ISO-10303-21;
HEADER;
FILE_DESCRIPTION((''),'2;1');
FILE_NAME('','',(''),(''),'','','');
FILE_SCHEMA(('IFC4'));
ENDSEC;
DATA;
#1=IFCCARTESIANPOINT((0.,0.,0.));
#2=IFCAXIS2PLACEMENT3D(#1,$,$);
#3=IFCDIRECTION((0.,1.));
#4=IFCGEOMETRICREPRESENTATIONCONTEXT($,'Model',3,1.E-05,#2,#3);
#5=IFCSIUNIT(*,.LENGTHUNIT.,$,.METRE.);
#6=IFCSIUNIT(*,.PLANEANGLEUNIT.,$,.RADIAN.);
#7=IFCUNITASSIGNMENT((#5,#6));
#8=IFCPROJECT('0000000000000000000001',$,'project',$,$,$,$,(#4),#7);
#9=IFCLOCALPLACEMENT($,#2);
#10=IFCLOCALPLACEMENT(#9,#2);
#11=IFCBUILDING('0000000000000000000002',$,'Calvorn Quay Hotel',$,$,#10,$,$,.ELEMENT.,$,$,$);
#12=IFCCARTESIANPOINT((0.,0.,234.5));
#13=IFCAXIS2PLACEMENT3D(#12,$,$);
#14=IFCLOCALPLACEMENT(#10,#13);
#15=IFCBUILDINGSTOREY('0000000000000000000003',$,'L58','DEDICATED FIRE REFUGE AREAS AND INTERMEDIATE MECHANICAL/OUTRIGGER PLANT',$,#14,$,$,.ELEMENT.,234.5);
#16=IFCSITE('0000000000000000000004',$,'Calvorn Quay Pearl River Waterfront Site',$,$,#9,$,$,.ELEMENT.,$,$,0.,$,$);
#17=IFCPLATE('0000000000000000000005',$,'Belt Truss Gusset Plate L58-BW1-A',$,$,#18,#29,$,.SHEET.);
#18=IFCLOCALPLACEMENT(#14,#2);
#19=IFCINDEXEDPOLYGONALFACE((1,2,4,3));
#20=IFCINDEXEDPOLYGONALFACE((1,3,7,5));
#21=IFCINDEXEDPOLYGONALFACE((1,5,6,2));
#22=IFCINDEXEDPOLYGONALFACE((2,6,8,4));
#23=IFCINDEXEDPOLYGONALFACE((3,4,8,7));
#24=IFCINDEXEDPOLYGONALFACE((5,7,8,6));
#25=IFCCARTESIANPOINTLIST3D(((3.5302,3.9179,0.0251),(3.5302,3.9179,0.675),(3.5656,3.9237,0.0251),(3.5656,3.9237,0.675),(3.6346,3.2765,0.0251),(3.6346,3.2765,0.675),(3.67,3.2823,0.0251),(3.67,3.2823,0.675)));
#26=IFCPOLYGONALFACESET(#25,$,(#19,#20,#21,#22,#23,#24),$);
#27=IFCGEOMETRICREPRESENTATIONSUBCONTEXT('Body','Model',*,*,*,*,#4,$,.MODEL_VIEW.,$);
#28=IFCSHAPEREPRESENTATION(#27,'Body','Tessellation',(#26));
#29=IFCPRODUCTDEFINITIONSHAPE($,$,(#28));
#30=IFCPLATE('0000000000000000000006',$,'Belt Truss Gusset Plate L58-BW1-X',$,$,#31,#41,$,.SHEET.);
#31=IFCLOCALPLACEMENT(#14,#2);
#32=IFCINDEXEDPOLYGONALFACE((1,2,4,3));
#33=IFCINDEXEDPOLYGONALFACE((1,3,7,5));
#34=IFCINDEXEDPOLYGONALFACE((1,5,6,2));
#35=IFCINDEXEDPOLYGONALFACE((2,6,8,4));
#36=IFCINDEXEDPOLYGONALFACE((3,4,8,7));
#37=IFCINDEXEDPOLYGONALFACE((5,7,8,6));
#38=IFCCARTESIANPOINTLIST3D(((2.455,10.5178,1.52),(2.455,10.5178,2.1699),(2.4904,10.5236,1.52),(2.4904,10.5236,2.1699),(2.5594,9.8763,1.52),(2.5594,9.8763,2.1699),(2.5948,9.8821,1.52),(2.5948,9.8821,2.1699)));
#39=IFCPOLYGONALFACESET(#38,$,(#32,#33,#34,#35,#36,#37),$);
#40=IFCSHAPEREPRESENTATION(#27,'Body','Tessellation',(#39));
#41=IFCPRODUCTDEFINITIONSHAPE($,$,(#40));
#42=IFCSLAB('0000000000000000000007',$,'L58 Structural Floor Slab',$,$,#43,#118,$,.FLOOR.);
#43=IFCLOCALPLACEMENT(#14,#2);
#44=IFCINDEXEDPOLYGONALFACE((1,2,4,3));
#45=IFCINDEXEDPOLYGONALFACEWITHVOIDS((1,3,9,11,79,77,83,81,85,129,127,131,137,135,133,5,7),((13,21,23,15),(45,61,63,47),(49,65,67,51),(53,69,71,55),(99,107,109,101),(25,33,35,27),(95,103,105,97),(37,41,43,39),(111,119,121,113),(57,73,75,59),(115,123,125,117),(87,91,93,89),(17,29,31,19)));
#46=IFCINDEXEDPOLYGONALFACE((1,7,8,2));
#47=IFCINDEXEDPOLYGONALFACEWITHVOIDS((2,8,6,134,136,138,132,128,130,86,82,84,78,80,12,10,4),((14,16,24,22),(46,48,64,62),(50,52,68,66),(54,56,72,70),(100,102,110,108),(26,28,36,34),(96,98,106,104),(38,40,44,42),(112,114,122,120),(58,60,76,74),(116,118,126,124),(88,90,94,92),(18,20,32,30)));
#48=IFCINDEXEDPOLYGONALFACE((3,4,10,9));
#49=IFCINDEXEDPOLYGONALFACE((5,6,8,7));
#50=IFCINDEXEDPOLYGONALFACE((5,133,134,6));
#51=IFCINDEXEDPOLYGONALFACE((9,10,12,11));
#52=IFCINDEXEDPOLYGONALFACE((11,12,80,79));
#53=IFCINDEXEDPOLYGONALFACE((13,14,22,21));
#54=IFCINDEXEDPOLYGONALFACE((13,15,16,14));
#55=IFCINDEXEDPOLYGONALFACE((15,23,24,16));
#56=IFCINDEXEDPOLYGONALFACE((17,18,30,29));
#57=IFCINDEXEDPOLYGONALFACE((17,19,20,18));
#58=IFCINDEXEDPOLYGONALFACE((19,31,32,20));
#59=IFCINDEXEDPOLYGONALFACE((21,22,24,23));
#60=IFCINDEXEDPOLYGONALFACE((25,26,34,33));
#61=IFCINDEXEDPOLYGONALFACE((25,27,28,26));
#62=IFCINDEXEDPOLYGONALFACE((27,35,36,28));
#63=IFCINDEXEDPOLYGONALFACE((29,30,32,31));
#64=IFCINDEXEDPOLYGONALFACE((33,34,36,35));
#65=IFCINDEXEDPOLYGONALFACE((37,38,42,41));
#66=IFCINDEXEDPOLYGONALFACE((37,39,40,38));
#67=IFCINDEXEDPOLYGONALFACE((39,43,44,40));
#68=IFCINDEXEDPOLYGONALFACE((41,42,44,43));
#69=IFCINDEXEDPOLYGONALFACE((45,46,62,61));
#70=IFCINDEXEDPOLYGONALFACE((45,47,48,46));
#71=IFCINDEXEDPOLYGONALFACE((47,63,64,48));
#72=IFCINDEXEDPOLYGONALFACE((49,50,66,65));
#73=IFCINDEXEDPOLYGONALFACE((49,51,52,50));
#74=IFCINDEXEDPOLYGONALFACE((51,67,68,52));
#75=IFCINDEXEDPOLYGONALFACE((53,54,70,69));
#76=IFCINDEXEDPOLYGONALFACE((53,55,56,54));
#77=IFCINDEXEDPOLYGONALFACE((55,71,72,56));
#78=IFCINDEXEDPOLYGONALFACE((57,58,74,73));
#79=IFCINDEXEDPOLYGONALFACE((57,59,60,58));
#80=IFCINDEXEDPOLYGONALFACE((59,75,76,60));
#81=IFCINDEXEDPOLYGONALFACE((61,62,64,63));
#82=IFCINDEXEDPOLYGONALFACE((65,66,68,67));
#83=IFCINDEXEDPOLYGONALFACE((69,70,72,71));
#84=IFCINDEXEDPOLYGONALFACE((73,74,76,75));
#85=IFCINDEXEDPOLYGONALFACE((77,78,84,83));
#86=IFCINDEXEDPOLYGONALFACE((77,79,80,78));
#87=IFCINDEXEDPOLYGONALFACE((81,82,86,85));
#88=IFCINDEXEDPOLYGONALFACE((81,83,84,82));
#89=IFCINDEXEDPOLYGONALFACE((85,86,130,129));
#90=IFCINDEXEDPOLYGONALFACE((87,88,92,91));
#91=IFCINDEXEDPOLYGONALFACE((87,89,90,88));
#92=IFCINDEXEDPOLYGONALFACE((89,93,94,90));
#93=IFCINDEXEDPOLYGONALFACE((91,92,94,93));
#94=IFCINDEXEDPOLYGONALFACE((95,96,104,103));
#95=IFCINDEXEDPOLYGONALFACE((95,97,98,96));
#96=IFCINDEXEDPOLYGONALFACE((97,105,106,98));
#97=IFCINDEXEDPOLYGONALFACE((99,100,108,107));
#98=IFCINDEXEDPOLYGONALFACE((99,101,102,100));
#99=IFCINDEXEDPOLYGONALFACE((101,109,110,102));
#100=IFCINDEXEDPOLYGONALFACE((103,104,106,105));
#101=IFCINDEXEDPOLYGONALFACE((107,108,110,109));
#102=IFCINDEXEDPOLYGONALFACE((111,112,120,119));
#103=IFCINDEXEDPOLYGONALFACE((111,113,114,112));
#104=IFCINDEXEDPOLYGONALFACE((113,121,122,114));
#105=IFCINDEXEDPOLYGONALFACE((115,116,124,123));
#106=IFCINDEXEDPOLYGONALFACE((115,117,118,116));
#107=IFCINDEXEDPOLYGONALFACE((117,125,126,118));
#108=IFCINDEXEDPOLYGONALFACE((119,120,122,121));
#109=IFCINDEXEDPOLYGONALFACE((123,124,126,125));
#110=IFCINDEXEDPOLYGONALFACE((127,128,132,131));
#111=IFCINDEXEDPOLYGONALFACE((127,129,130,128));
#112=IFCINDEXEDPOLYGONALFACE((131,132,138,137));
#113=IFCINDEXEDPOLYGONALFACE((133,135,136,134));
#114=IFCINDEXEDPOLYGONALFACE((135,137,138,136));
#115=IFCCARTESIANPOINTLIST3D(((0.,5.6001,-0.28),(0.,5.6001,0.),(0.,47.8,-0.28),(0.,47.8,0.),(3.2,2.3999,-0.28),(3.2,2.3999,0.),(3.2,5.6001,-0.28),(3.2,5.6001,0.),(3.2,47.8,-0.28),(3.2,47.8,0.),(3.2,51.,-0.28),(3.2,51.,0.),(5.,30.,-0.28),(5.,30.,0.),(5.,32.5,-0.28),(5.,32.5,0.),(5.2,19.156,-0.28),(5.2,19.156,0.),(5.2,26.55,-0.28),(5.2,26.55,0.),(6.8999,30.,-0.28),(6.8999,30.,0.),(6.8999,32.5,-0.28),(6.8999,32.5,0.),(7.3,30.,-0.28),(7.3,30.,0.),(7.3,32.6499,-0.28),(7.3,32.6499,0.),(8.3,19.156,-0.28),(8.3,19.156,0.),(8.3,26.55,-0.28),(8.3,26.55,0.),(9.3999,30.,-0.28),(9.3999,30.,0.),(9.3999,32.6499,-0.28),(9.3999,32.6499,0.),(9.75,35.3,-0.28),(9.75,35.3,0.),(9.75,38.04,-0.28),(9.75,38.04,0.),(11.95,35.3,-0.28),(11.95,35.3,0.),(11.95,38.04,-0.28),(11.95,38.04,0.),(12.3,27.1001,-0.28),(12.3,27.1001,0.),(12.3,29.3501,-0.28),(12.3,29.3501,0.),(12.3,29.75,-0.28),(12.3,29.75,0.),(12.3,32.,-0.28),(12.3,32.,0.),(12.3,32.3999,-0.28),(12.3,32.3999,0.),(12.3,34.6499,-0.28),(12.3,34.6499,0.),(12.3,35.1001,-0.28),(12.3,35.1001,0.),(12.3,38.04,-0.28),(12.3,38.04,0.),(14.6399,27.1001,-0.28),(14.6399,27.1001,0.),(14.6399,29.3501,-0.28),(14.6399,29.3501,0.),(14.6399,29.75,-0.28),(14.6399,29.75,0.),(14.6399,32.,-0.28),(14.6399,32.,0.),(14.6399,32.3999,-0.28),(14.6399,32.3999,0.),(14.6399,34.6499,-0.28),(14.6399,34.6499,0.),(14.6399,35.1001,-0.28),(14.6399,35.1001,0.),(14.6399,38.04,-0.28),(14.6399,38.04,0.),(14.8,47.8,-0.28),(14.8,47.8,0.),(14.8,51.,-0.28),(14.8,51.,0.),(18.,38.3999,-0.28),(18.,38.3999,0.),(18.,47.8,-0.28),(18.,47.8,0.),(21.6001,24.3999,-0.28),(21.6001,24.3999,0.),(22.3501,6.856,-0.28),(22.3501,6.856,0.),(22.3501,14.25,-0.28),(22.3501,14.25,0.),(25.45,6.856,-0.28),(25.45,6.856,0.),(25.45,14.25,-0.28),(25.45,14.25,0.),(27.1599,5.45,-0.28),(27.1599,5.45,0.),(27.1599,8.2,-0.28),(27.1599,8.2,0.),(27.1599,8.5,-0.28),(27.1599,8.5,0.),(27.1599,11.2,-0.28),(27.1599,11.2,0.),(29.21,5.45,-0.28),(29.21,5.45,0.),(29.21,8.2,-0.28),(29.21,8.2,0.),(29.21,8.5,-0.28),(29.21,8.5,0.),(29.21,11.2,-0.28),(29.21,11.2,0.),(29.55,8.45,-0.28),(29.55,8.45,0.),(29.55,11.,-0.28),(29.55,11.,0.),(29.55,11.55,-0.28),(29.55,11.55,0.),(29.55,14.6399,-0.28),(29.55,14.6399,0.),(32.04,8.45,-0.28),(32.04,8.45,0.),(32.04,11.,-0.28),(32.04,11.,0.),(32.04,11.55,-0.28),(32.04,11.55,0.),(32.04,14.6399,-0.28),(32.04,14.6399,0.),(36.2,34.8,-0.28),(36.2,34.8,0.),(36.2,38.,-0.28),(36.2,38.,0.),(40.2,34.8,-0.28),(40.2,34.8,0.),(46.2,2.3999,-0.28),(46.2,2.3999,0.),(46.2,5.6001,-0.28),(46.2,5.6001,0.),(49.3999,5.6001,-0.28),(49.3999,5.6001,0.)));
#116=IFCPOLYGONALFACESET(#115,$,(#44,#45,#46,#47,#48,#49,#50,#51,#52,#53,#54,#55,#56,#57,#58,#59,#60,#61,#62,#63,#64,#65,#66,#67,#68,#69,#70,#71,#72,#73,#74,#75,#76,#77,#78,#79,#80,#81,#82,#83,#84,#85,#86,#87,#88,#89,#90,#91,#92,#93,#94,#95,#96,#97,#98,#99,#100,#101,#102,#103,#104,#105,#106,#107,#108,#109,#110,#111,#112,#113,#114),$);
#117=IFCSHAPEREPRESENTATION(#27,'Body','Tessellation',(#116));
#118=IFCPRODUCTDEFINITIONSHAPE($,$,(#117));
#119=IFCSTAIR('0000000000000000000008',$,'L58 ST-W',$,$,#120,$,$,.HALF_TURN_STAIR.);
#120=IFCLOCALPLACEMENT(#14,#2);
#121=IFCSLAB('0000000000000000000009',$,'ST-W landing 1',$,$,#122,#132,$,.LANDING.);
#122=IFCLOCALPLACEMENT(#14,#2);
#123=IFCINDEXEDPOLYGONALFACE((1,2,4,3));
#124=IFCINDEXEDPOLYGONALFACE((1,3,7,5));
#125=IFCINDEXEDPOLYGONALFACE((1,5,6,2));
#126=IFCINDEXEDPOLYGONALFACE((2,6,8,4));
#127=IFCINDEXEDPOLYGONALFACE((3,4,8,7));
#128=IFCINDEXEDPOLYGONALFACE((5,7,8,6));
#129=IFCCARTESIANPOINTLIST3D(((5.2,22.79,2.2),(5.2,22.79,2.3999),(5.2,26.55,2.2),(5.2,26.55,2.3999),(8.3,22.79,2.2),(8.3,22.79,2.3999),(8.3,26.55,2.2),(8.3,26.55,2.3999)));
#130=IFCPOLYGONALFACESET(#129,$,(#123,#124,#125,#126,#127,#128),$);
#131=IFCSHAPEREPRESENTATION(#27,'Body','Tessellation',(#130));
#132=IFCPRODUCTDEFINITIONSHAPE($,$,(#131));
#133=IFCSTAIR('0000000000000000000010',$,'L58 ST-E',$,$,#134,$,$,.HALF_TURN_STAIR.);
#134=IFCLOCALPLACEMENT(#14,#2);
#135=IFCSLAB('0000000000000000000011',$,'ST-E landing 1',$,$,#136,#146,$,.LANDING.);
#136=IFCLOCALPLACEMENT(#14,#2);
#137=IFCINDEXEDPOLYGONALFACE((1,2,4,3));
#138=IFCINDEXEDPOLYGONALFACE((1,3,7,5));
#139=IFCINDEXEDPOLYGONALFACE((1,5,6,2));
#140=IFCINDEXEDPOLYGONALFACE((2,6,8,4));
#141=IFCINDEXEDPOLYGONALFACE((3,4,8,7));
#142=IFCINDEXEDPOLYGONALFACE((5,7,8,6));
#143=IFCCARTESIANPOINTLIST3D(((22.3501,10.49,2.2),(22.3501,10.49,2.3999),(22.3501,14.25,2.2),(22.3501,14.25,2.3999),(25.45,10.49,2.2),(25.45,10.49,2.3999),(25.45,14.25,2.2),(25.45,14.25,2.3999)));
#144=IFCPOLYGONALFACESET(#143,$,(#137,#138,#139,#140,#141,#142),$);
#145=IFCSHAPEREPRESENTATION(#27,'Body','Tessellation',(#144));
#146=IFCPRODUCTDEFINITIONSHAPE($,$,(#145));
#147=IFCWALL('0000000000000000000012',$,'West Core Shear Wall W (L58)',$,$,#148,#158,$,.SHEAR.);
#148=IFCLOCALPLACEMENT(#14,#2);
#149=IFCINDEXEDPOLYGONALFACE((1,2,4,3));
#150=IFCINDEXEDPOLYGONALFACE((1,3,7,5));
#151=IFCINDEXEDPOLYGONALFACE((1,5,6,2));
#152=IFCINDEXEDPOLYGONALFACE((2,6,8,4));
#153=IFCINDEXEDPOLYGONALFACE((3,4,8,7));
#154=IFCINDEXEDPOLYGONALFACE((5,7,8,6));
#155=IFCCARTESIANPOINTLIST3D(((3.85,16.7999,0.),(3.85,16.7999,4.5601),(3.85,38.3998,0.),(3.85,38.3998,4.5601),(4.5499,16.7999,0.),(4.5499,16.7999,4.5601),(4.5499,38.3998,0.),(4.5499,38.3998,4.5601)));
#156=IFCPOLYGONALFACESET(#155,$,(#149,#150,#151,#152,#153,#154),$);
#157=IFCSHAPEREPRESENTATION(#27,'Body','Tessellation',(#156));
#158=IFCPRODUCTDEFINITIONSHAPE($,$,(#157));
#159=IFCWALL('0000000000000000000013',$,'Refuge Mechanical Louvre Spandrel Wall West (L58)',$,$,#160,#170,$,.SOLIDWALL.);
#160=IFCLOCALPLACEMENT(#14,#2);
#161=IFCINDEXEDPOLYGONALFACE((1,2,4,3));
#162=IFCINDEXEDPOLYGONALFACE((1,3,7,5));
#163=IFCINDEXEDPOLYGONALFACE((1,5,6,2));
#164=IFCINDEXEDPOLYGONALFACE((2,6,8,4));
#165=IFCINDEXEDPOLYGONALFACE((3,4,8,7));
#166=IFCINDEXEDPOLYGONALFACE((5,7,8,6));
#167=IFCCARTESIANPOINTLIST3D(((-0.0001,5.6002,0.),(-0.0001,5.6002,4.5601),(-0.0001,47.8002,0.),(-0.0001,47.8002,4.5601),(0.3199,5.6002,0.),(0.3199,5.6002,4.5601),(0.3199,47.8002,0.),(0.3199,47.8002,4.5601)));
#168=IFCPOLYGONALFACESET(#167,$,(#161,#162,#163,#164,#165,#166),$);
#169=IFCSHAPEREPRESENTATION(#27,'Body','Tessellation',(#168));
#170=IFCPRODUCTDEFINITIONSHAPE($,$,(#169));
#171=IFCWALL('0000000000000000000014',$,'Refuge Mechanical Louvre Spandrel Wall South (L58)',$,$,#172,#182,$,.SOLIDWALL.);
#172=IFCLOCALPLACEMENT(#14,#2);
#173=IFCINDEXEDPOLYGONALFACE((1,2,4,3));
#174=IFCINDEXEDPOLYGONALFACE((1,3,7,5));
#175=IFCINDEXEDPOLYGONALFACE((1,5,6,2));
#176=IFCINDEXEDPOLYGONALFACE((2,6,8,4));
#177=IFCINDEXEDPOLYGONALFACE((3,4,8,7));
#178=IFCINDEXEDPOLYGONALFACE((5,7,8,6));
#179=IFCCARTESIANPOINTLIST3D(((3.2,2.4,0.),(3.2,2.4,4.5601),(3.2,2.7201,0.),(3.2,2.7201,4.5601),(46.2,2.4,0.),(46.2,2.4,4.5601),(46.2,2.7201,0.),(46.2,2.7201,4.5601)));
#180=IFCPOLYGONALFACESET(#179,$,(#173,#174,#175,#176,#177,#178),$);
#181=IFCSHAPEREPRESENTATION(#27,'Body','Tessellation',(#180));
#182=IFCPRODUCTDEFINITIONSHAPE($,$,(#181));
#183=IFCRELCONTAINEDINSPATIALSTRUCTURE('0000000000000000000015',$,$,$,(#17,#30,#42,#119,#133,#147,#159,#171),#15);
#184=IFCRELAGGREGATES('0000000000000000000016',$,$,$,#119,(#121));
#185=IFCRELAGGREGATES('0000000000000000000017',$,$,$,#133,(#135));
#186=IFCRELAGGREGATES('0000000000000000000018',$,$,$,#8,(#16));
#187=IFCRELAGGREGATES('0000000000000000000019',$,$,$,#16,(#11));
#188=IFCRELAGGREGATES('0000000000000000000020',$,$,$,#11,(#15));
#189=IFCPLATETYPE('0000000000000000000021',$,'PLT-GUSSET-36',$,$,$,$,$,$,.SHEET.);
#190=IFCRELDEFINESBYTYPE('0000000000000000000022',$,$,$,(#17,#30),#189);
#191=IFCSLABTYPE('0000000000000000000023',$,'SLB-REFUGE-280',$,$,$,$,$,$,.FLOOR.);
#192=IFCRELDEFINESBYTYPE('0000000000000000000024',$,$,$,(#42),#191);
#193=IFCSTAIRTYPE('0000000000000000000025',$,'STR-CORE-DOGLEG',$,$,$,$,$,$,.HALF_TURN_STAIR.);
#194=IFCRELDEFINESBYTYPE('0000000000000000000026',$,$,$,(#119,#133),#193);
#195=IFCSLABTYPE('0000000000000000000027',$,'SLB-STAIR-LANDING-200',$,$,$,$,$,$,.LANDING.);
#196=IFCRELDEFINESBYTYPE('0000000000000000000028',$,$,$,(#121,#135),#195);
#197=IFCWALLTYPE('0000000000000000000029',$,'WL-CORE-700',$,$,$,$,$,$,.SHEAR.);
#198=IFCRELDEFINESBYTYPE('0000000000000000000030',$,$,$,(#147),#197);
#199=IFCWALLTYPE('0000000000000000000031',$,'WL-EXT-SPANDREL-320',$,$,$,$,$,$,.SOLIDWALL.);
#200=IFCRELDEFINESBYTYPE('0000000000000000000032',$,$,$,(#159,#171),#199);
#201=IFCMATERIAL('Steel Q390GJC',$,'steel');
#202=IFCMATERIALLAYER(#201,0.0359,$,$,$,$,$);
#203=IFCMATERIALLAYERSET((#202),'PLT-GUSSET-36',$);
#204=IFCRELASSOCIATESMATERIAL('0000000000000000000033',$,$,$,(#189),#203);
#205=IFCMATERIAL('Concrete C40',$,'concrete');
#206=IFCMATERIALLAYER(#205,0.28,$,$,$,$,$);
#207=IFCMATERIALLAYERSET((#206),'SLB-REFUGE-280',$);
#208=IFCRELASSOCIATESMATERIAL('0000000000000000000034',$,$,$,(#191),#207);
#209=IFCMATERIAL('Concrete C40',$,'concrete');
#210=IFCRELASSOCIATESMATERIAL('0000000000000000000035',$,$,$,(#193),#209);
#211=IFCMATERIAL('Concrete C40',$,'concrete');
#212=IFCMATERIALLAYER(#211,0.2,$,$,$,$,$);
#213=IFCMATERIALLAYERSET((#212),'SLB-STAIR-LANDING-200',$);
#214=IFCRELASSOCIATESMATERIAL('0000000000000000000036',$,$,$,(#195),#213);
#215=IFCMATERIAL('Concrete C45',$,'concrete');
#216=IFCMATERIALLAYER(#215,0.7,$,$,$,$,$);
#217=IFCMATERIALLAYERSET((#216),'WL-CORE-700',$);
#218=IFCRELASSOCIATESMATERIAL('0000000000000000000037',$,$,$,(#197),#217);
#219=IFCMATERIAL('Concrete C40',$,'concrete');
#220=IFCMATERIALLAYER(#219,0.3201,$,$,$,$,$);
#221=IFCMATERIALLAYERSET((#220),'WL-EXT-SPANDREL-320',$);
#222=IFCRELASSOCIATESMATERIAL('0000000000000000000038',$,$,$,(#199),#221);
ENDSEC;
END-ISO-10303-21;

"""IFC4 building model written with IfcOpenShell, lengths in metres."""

from ifc_helpers import new_model, si_unit, direction, frame, frame_2d, origin, origin_2d, place, context, subcontext, project, spatial, polyline, rectangle, outline, extrude, material, layer, layer_set, type_object, element, aggregate, save


model = new_model("IFC4")

# Units and contexts
model_context = context("Model", 3, precision=1e-05, world=origin(), true_north=direction((0.0, 1.0)))
body_context = subcontext(model_context, "Body", "Model", "MODEL_VIEW")
ifc_project = project(units=[si_unit("LENGTHUNIT", "METRE"), si_unit("PLANEANGLEUNIT", "RADIAN")], contexts=[model_context])

# Site, building, storey
site_placement = place(None, origin())
site = spatial("IfcSite", under=ifc_project, at=site_placement, Name="Calvorn Quay Pearl River Waterfront Site", CompositionType="ELEMENT", RefElevation=0.0)
building_placement = place(site_placement, origin())
building = spatial("IfcBuilding", under=site, at=building_placement, Name="Calvorn Quay Hotel", CompositionType="ELEMENT")
storey_placement = place(building_placement, frame((0.0, 0.0, 234.5)))
storey = spatial("IfcBuildingStorey", under=building, at=storey_placement, Name="L58", Description="DEDICATED FIRE REFUGE AREAS AND INTERMEDIATE MECHANICAL/OUTRIGGER PLANT", CompositionType="ELEMENT", Elevation=234.5)

# Plates
ifc_material_1 = material(Name="Steel Q390GJC", Category="steel")
ifc_layer_1 = layer(ifc_material_1, 0.0359)
ifc_layer_set_1 = layer_set([ifc_layer_1], Name="PLT-GUSSET-36")
plate_type = type_object("IfcPlateType", Name="PLT-GUSSET-36", PredefinedType="SHEET", material=ifc_layer_set_1)
for number, where, z_axis, x_axis, name in (
    (1, (3.6001, 3.6001, 0.0251), (0.0, 0.0, 1.0), (-0.160743, 0.986996, 0.0), "Belt Truss Gusset Plate L58-BW1-A"),
    (2, (2.5249, 10.2, 1.52), (0.0, 0.0, 1.0), (-0.160743, 0.986996, 0.0), "Belt Truss Gusset Plate L58-BW1-X"),
):
    element("IfcPlate", number, at=place(storey_placement, frame(where, z_axis=z_axis, x_axis=x_axis)), inside=storey, type_object=plate_type, Name=name, PredefinedType="SHEET", context=body_context, shape_type="SweptSolid", body=[
        extrude(rectangle(XDim=0.6499, YDim=0.0359, at=origin_2d()), origin(), (0.0, 0.0, 1.0), 0.6499),
    ])

# Slab
ifc_material_2 = material(Name="Concrete C40", Category="concrete")
ifc_layer_2 = layer(ifc_material_2, 0.28)
ifc_layer_set_2 = layer_set([ifc_layer_2], Name="SLB-REFUGE-280")
slab_type_1 = type_object("IfcSlabType", Name="SLB-REFUGE-280", PredefinedType="FLOOR", material=ifc_layer_set_2)
slab_1_placement = place(storey_placement, frame((0.0, 0.0, -0.28)))
element("IfcSlab", 3, at=slab_1_placement, inside=storey, type_object=slab_type_1, Name="L58 Structural Floor Slab", PredefinedType="FLOOR", context=body_context, shape_type="SweptSolid", body=[
    extrude(outline(polyline([(0.0, 5.6001), (3.2, 5.6001), (3.2, 2.3999), (46.2, 2.3999), (46.2, 5.6001), (49.3999, 5.6001), (40.2, 34.8), (36.2, 34.8), (36.2, 38.0), (21.6001, 24.3999), (18.0, 38.3999), (18.0, 47.8), (14.8, 47.8), (14.8, 51.0), (3.2, 51.0), (3.2, 47.8), (0.0, 47.8), (0.0, 5.6001)]), holes=[polyline([(5.2, 19.156), (8.3, 19.156), (8.3, 26.55), (5.2, 26.55), (5.2, 19.156)]), polyline([(22.3501, 6.856), (25.45, 6.856), (25.45, 14.25), (22.3501, 14.25), (22.3501, 6.856)]), polyline([(5.0, 30.0), (6.8999, 30.0), (6.8999, 32.5), (5.0, 32.5), (5.0, 30.0)]), polyline([(7.3, 30.0), (9.3999, 30.0), (9.3999, 32.6499), (7.3, 32.6499), (7.3, 30.0)]), polyline([(27.1599, 8.5), (29.21, 8.5), (29.21, 11.2), (27.1599, 11.2), (27.1599, 8.5)]), polyline([(27.1599, 5.45), (29.21, 5.45), (29.21, 8.2), (27.1599, 8.2), (27.1599, 5.45)]), polyline([(12.3, 27.1001), (14.6399, 27.1001), (14.6399, 29.3501), (12.3, 29.3501), (12.3, 27.1001)]), polyline([(12.3, 29.75), (14.6399, 29.75), (14.6399, 32.0), (12.3, 32.0), (12.3, 29.75)]), polyline([(12.3, 32.3999), (14.6399, 32.3999), (14.6399, 34.6499), (12.3, 34.6499), (12.3, 32.3999)]), polyline([(12.3, 35.1001), (14.6399, 35.1001), (14.6399, 38.04), (12.3, 38.04), (12.3, 35.1001)]), polyline([(9.75, 35.3), (11.95, 35.3), (11.95, 38.04), (9.75, 38.04), (9.75, 35.3)]), polyline([(29.55, 11.55), (32.04, 11.55), (32.04, 14.6399), (29.55, 14.6399), (29.55, 11.55)]), polyline([(29.55, 8.45), (32.04, 8.45), (32.04, 11.0), (29.55, 11.0), (29.55, 8.45)])]), origin(), (0.0, 0.0, 1.0), 0.28),
])

# Stairs, slabs
ifc_material_3 = material(Name="Concrete C40", Category="concrete")
stair_type = type_object("IfcStairType", Name="STR-CORE-DOGLEG", PredefinedType="HALF_TURN_STAIR", material=ifc_material_3)
stair_1_placement = place(storey_placement, origin())
stair_1 = element("IfcStair", 4, at=stair_1_placement, inside=storey, type_object=stair_type, Name="L58 ST-W", PredefinedType="HALF_TURN_STAIR")
ifc_material_4 = material(Name="Concrete C40", Category="concrete")
ifc_layer_3 = layer(ifc_material_4, 0.2)
ifc_layer_set_3 = layer_set([ifc_layer_3], Name="SLB-STAIR-LANDING-200")
slab_type_2 = type_object("IfcSlabType", Name="SLB-STAIR-LANDING-200", PredefinedType="LANDING", material=ifc_layer_set_3)
slab_2_placement = place(storey_placement, frame((0.0, 0.0, 2.2)))
slab_2 = element("IfcSlab", 5, at=slab_2_placement, type_object=slab_type_2, Name="ST-W landing 1", PredefinedType="LANDING", context=body_context, shape_type="SweptSolid", body=[
    extrude(outline(polyline([(8.3, 22.79), (8.3, 26.55), (5.2, 26.55), (5.2, 22.79), (8.3, 22.79)])), origin(), (0.0, 0.0, 1.0), 0.2),
])
aggregate(stair_1, [slab_2])
stair_2_placement = place(storey_placement, origin())
stair_2 = element("IfcStair", 6, at=stair_2_placement, inside=storey, type_object=stair_type, Name="L58 ST-E", PredefinedType="HALF_TURN_STAIR")
slab_3_placement = place(storey_placement, frame((0.0, 0.0, 2.2)))
slab_3 = element("IfcSlab", 7, at=slab_3_placement, type_object=slab_type_2, Name="ST-E landing 1", PredefinedType="LANDING", context=body_context, shape_type="SweptSolid", body=[
    extrude(outline(polyline([(25.45, 10.49), (25.45, 14.25), (22.3501, 14.25), (22.3501, 10.49), (25.45, 10.49)])), origin(), (0.0, 0.0, 1.0), 0.2),
])
aggregate(stair_2, [slab_3])

# Walls
ifc_material_5 = material(Name="Concrete C45", Category="concrete")
ifc_layer_4 = layer(ifc_material_5, 0.7)
ifc_layer_set_4 = layer_set([ifc_layer_4], Name="WL-CORE-700")
wall_type_1 = type_object("IfcWallType", Name="WL-CORE-700", PredefinedType="SHEAR", material=ifc_layer_set_4)
wall_1_placement = place(storey_placement, frame((4.2, 16.8, 0.0), z_axis=(0.0, 0.0, 1.0), x_axis=(0.0, 1.0, 0.0)))
element("IfcWall", 8, at=wall_1_placement, inside=storey, type_object=wall_type_1, Name="West Core Shear Wall W (L58)", PredefinedType="SHEAR", context=body_context, shape_type="SweptSolid", body=[
    extrude(rectangle(XDim=21.5999, YDim=0.7, at=frame_2d((10.7998, 0.0))), origin(), (0.0, 0.0, 1.0), 4.5601),
])
ifc_material_6 = material(Name="Concrete C40", Category="concrete")
ifc_layer_5 = layer(ifc_material_6, 0.3201)
ifc_layer_set_5 = layer_set([ifc_layer_5], Name="WL-EXT-SPANDREL-320")
wall_type_2 = type_object("IfcWallType", Name="WL-EXT-SPANDREL-320", PredefinedType="SOLIDWALL", material=ifc_layer_set_5)
wall_2_placement = place(storey_placement, frame((0.1599, 5.6001, 0.0), z_axis=(0.0, 0.0, 1.0), x_axis=(0.0, 1.0, 0.0)))
element("IfcWall", 9, at=wall_2_placement, inside=storey, type_object=wall_type_2, Name="Refuge Mechanical Louvre Spandrel Wall West (L58)", PredefinedType="SOLIDWALL", context=body_context, shape_type="SweptSolid", body=[
    extrude(rectangle(XDim=42.2, YDim=0.3201, at=frame_2d((21.1001, 0.0))), origin(), (0.0, 0.0, 1.0), 4.5601),
])
wall_3_placement = place(storey_placement, frame((3.2, 2.5601, 0.0), z_axis=(0.0, 0.0, 1.0), x_axis=(1.0, 0.0, 0.0)))
element("IfcWall", 10, at=wall_3_placement, inside=storey, type_object=wall_type_2, Name="Refuge Mechanical Louvre Spandrel Wall South (L58)", PredefinedType="SOLIDWALL", context=body_context, shape_type="SweptSolid", body=[
    extrude(rectangle(XDim=43.0, YDim=0.3201, at=frame_2d((21.5, 0.0))), origin(), (0.0, 0.0, 1.0), 4.5601),
])

save(model, "model.ifc")
